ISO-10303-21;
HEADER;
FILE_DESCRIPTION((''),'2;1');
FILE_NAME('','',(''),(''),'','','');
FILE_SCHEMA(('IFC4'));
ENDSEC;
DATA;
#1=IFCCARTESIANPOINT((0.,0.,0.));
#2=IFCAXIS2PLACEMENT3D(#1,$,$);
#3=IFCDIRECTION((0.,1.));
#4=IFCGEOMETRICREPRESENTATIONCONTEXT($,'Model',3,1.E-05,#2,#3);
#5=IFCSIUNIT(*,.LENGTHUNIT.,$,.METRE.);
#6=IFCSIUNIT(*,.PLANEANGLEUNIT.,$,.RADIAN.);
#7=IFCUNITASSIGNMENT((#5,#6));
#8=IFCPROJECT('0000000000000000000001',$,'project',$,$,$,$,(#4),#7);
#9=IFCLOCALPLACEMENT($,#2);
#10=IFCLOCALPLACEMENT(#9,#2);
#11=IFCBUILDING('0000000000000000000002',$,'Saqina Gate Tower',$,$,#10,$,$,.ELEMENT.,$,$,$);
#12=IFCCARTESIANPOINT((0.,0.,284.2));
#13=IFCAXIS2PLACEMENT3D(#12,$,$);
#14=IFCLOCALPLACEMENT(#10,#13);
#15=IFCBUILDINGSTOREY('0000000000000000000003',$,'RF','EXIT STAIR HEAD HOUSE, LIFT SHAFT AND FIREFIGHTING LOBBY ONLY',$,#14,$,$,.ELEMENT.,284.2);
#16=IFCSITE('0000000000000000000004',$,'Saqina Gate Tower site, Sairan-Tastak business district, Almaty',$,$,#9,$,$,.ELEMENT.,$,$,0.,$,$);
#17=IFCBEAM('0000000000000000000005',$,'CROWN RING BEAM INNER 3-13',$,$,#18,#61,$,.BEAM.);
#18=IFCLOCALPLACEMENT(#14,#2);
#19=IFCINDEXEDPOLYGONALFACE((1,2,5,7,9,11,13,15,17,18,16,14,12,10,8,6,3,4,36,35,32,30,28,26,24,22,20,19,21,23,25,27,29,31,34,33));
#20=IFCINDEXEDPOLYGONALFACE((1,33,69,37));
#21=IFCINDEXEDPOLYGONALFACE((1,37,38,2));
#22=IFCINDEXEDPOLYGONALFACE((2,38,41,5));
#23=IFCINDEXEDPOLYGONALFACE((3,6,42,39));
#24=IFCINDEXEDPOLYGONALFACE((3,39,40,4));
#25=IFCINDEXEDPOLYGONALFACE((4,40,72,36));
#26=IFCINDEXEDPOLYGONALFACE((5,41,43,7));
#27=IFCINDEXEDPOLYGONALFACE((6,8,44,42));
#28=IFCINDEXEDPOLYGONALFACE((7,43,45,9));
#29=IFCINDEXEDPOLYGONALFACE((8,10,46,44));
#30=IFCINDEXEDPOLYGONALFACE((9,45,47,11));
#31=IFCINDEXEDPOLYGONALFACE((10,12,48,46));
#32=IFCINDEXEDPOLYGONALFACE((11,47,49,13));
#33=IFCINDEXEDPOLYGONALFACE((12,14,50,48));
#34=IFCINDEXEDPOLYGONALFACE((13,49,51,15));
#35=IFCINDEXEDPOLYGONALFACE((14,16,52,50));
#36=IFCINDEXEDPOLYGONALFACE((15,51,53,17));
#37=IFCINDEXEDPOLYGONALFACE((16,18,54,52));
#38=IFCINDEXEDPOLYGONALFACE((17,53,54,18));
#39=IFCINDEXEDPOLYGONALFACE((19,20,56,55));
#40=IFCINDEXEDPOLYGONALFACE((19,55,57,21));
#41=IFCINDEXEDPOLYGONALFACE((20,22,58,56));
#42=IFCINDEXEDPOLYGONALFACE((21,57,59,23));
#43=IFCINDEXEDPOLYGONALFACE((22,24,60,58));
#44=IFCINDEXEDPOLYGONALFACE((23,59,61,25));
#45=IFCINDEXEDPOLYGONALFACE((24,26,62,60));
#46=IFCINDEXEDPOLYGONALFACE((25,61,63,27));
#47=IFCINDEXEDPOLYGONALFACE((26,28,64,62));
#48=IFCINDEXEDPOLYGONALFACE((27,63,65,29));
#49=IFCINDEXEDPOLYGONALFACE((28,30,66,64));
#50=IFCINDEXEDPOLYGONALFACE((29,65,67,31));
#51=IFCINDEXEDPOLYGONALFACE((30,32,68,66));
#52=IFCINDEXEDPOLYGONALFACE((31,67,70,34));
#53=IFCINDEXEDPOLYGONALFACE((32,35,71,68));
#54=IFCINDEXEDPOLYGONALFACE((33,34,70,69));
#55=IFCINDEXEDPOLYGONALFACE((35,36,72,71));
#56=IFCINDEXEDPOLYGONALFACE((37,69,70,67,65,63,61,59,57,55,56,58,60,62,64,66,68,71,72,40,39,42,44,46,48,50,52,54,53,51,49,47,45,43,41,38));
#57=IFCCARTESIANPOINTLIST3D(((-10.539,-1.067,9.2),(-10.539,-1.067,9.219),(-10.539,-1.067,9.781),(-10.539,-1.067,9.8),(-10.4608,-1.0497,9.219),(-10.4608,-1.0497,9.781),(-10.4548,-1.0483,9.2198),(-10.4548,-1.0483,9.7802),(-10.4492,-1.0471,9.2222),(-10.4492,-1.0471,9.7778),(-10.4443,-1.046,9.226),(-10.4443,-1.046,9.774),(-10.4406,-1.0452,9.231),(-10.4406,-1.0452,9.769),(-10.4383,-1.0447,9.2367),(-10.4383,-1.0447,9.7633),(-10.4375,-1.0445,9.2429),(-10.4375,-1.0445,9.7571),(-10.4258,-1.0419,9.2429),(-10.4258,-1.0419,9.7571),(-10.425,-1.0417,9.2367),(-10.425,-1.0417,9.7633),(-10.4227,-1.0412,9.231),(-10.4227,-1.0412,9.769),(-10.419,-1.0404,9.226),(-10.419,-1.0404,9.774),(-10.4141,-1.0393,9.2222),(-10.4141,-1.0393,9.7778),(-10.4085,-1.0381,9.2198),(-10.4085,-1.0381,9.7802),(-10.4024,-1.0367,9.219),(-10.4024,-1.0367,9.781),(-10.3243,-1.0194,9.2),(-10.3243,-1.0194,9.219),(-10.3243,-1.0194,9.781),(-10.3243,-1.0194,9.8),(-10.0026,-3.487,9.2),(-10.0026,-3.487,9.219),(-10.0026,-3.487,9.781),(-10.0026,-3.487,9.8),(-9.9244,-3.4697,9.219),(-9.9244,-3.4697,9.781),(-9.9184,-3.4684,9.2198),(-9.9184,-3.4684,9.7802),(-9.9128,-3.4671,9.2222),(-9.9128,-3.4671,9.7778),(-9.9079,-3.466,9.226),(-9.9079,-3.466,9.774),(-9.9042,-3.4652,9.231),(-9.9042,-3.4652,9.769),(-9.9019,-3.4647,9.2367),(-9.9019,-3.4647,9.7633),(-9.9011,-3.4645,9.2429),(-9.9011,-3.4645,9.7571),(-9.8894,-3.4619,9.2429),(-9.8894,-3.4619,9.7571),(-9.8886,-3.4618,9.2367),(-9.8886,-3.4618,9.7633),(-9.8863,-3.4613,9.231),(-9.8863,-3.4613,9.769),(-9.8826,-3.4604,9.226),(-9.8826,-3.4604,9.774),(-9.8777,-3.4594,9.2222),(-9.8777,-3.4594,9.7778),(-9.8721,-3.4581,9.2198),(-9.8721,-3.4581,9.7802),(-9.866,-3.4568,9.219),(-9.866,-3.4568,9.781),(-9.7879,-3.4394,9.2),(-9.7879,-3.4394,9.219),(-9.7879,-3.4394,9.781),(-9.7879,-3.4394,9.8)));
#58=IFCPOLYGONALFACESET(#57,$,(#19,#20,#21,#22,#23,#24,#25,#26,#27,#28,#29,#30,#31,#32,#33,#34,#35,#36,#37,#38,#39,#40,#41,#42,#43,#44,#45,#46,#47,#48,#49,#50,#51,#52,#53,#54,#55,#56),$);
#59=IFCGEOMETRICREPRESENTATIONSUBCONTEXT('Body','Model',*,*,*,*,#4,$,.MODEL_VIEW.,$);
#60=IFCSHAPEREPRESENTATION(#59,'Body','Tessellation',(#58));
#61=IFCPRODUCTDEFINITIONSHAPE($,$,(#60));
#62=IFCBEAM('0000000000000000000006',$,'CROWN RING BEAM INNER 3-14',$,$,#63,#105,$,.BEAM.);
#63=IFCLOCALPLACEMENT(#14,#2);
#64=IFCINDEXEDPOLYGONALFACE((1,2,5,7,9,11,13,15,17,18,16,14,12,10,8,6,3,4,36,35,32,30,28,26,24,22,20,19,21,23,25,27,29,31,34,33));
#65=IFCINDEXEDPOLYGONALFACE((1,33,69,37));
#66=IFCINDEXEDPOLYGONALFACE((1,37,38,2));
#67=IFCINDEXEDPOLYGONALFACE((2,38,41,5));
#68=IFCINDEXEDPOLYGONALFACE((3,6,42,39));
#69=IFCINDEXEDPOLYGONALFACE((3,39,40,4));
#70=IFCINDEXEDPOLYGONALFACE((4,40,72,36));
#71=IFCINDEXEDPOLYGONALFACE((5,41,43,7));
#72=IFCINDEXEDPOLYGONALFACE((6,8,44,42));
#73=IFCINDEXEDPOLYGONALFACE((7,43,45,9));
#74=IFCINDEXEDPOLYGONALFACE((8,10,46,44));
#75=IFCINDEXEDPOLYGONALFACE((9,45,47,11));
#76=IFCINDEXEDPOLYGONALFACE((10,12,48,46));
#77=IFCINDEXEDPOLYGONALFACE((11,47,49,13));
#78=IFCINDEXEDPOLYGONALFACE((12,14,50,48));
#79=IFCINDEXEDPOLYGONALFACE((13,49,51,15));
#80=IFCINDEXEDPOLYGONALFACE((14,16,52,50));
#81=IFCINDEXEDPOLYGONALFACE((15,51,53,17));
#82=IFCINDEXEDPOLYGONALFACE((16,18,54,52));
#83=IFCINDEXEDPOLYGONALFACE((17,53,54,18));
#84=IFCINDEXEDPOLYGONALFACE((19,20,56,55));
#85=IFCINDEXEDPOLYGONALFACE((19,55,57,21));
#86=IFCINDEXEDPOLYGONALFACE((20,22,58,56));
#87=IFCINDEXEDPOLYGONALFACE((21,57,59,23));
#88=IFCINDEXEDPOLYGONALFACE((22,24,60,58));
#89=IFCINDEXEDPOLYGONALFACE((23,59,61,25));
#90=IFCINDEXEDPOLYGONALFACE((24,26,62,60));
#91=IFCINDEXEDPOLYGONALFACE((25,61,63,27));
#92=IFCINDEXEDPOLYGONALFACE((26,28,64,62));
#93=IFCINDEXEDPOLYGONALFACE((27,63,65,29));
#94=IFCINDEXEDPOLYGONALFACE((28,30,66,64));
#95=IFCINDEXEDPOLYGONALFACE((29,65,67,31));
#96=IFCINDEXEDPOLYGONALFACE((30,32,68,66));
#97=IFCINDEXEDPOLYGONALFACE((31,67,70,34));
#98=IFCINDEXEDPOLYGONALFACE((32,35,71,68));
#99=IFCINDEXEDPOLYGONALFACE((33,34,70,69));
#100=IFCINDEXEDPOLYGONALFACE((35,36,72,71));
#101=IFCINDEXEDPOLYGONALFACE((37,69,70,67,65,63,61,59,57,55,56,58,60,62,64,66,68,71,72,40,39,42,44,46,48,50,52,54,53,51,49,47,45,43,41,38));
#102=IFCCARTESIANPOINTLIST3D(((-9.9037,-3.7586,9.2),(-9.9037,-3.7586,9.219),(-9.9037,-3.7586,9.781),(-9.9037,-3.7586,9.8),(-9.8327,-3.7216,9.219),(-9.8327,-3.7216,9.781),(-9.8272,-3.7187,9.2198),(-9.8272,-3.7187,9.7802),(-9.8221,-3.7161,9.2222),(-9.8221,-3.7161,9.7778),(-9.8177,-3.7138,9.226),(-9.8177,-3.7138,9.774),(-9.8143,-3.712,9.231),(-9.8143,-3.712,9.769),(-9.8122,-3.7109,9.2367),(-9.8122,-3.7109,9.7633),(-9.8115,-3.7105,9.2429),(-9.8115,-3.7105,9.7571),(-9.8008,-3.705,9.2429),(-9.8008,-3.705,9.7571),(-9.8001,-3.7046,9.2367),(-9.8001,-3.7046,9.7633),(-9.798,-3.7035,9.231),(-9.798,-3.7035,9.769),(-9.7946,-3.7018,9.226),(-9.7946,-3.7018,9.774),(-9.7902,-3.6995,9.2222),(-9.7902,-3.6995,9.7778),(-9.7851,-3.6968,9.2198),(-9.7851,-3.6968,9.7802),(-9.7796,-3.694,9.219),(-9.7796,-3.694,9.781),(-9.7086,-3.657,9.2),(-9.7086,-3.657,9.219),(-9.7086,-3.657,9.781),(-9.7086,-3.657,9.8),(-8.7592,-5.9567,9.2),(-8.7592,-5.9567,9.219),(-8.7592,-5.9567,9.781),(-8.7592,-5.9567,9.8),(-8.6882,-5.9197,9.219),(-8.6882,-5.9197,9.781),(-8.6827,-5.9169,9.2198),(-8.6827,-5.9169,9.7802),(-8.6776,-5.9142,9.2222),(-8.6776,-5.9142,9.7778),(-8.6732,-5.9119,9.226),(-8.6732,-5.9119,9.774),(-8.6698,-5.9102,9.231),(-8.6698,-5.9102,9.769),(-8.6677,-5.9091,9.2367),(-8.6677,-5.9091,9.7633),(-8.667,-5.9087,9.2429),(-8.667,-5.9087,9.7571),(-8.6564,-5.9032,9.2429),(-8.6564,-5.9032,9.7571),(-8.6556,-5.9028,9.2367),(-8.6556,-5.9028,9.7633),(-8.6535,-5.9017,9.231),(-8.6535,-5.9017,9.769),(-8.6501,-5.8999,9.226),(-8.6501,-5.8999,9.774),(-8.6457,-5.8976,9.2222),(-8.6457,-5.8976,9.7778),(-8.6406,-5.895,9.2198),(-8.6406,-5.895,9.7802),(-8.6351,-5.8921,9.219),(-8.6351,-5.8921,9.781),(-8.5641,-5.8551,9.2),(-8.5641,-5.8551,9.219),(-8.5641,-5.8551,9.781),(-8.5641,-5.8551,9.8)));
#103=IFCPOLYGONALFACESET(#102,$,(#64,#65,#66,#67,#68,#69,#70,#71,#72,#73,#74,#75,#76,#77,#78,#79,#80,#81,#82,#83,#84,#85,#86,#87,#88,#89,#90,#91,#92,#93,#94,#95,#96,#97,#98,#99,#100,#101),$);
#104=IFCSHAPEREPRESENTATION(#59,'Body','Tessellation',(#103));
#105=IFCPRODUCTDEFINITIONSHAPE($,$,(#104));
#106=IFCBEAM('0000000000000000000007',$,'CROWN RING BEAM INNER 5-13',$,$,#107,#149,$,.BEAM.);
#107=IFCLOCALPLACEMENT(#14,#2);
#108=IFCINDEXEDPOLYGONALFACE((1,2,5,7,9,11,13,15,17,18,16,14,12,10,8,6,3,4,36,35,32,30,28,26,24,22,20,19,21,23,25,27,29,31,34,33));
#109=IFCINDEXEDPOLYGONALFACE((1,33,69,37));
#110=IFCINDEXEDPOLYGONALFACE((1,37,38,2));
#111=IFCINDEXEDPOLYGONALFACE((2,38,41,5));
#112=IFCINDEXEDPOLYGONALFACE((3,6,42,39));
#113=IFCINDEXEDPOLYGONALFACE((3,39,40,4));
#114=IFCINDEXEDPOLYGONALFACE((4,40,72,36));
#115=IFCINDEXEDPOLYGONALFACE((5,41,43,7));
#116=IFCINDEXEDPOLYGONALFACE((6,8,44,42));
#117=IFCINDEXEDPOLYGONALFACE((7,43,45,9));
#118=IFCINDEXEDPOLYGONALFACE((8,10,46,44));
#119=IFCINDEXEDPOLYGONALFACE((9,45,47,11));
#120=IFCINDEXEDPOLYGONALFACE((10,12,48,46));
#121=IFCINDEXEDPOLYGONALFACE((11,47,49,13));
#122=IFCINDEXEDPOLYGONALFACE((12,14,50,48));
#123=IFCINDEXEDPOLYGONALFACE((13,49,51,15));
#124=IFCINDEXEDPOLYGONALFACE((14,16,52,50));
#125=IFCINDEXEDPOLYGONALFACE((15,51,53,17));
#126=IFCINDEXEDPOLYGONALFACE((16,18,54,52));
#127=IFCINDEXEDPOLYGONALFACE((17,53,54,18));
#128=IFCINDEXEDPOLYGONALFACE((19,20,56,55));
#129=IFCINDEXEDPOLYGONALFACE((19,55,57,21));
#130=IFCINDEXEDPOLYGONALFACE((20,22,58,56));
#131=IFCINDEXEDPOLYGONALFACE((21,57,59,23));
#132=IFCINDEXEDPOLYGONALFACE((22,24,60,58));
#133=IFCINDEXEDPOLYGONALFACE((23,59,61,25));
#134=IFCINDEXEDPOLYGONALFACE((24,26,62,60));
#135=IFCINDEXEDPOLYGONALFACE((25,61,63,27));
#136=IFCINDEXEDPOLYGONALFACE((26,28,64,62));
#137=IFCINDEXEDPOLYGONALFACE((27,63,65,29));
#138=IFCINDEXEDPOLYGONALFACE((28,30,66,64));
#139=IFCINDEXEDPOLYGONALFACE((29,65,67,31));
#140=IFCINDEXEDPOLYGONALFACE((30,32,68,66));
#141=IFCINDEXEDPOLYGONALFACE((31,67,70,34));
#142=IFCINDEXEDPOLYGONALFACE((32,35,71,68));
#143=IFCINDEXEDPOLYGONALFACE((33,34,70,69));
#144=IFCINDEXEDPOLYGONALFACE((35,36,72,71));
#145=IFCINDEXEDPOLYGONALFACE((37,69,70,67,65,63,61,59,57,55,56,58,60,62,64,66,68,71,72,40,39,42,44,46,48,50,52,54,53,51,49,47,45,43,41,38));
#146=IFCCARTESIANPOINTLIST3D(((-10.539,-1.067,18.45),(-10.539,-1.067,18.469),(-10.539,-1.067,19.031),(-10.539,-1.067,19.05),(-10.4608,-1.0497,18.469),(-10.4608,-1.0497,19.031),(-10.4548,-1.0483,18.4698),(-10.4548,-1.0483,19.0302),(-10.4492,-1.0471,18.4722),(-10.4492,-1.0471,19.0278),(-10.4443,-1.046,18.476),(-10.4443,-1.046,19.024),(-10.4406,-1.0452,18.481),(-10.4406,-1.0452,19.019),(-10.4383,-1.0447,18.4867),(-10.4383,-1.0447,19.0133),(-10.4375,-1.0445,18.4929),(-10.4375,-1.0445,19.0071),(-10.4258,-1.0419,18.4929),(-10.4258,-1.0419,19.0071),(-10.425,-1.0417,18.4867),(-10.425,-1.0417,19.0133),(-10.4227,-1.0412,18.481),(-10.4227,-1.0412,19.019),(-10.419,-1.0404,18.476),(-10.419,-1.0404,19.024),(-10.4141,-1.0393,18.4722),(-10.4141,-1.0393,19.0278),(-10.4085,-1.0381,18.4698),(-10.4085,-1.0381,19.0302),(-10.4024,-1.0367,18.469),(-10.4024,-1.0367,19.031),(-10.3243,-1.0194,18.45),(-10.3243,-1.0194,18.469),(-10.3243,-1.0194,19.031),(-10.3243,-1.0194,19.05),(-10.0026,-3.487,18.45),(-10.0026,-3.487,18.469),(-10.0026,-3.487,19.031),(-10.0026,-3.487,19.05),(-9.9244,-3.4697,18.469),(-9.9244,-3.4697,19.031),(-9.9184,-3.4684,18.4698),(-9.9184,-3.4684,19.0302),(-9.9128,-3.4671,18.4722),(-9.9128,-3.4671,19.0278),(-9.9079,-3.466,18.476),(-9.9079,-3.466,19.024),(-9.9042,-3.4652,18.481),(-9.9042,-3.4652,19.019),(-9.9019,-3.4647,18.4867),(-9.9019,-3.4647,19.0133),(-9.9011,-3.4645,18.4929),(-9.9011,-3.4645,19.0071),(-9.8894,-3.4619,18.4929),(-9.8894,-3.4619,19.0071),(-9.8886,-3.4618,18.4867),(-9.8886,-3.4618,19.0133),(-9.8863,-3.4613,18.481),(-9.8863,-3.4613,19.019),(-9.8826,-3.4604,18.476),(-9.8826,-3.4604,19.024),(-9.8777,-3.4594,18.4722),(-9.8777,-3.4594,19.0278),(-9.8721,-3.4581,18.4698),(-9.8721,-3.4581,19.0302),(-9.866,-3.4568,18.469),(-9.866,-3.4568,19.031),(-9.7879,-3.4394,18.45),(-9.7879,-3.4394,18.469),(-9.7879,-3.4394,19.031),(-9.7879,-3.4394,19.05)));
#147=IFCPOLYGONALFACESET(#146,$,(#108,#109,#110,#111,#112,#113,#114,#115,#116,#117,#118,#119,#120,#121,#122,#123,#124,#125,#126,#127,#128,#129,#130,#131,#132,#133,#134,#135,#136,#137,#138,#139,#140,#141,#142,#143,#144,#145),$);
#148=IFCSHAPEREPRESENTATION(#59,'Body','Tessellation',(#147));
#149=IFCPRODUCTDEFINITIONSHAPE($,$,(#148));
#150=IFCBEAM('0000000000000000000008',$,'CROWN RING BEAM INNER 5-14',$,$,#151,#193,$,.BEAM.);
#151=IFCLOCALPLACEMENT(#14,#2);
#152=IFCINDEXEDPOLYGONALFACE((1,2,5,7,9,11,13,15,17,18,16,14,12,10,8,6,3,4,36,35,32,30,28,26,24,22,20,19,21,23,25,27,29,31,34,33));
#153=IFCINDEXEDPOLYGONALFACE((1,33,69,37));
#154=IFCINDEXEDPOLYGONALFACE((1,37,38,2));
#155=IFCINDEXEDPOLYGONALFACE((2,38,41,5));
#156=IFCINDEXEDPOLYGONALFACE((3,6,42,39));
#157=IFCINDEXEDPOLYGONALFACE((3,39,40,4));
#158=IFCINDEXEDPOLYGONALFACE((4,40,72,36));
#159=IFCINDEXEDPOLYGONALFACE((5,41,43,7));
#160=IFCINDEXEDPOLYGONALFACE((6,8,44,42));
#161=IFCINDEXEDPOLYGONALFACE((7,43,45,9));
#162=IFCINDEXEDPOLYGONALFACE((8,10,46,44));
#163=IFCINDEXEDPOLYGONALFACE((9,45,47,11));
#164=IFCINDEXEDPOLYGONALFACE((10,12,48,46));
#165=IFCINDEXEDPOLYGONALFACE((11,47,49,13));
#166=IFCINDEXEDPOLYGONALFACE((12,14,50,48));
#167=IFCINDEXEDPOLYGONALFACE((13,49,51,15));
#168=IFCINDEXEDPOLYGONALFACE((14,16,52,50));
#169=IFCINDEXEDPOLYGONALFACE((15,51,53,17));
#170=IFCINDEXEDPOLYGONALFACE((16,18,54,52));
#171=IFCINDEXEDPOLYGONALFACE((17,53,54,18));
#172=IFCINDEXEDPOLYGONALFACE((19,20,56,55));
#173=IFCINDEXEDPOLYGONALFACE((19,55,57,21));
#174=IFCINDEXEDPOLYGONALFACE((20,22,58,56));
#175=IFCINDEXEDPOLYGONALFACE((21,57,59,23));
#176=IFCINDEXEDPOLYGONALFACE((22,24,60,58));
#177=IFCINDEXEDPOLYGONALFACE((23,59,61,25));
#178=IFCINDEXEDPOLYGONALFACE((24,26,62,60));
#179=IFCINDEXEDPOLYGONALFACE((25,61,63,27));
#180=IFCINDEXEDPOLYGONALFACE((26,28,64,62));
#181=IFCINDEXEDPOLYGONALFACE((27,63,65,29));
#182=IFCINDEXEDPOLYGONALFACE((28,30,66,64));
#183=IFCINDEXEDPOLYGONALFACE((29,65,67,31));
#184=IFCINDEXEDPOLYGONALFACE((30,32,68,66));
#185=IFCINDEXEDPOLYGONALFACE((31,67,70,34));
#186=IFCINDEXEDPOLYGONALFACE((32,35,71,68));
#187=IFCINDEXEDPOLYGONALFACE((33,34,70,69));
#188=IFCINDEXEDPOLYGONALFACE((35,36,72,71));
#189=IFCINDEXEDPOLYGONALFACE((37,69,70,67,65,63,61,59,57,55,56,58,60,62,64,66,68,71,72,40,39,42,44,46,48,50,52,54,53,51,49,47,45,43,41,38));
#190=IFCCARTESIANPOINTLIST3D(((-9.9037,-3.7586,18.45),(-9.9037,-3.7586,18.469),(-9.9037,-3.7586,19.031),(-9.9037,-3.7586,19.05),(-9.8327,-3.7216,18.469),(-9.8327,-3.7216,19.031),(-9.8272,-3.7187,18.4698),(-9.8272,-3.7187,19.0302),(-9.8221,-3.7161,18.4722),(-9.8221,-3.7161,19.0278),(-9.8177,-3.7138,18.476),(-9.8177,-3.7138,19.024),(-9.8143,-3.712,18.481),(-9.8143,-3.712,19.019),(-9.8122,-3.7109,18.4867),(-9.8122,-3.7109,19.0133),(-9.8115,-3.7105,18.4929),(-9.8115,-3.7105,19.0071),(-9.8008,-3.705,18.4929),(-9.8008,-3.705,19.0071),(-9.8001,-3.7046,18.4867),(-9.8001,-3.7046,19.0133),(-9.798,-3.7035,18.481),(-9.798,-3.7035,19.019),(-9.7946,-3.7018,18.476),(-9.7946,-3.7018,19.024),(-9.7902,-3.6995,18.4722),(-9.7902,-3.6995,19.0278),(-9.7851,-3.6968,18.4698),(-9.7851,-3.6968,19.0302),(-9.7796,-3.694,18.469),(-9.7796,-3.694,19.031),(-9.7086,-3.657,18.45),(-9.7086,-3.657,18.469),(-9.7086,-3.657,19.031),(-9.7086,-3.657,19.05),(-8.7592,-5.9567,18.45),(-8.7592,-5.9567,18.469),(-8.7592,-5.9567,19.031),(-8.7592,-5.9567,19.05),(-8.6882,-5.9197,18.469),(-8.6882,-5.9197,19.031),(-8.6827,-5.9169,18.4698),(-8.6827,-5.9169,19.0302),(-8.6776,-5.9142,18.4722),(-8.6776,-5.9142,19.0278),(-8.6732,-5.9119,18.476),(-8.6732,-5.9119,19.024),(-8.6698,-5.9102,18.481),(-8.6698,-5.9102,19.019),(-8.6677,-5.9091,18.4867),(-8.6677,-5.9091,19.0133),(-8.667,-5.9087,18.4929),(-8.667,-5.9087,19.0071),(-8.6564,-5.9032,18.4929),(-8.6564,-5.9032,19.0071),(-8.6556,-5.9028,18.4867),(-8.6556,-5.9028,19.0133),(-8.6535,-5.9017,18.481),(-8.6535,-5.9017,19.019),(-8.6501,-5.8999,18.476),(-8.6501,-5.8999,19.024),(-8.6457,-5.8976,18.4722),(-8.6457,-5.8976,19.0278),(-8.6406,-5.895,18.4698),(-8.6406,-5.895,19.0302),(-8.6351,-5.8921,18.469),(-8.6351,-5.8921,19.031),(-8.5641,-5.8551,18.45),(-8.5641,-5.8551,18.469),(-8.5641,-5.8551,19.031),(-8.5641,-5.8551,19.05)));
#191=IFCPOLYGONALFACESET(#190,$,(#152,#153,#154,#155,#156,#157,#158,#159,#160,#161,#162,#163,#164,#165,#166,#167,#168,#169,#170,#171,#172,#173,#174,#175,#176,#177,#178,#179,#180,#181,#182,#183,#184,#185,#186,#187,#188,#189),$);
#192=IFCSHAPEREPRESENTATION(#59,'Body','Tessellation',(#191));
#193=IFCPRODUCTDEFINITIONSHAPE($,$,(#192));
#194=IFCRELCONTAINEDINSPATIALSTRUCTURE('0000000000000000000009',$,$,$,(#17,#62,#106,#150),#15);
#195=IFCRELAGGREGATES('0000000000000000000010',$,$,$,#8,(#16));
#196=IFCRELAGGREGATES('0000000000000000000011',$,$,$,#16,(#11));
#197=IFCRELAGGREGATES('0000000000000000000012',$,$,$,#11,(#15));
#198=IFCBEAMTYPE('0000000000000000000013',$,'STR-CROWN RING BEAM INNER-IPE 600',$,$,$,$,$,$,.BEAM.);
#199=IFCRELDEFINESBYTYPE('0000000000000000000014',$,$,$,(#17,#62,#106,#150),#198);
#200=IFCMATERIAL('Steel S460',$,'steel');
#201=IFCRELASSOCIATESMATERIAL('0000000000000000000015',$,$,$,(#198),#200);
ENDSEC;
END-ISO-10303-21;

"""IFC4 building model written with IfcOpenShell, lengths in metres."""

from ifc_helpers import new_model, si_unit, direction, frame, origin, origin_2d, place, context, subcontext, project, spatial, i_section, extrude, material, material_profile, profile_set, type_object, element, save


model = new_model("IFC4")

# Units and contexts
model_context = context("Model", 3, precision=1e-05, world=origin(), true_north=direction((0.0, 1.0)))
body_context = subcontext(model_context, "Body", "Model", "MODEL_VIEW")
ifc_project = project(units=[si_unit("LENGTHUNIT", "METRE"), si_unit("PLANEANGLEUNIT", "RADIAN")], contexts=[model_context])

# Site, building, storey
site_placement = place(None, origin())
site = spatial("IfcSite", under=ifc_project, at=site_placement, Name="Saqina Gate Tower site, Sairan-Tastak business district, Almaty", CompositionType="ELEMENT", RefElevation=0.0)
building_placement = place(site_placement, origin())
building = spatial("IfcBuilding", under=site, at=building_placement, Name="Saqina Gate Tower", CompositionType="ELEMENT")
storey_placement = place(building_placement, frame((0.0, 0.0, 284.2)))
storey = spatial("IfcBuildingStorey", under=building, at=storey_placement, Name="RF", Description="EXIT STAIR HEAD HOUSE, LIFT SHAFT AND FIREFIGHTING LOBBY ONLY", CompositionType="ELEMENT", Elevation=284.2)

# Beams
ifc_material_1 = material(Name="Steel S460", Category="steel")
ifc_material_profile_1 = material_profile(ifc_material_1, i_section(OverallWidth=0.22, OverallDepth=0.6001, WebThickness=0.012, FlangeThickness=0.019, FilletRadius=0.0239, at=origin_2d()), Name="IPE 600")
ifc_profile_set_1 = profile_set([ifc_material_profile_1], Name="Steel S460")
beam_type_1 = type_object("IfcBeamType", Name="STR-CROWN RING BEAM INNER-IPE 600", PredefinedType="BEAM", material=ifc_profile_set_1)
beam_1_placement = place(storey_placement, frame((-10.4316, -1.0432, 9.5), z_axis=(0.216399, -0.976305, 0.0), x_axis=(0.976305, 0.216399, 0.0)))
element("IfcBeam", 1, at=beam_1_placement, inside=storey, type_object=beam_type_1, Name="CROWN RING BEAM INNER 3-13", PredefinedType="BEAM", context=body_context, shape_type="SweptSolid", body=[
    extrude(i_section(OverallWidth=0.22, OverallDepth=0.6001, WebThickness=0.012, FlangeThickness=0.019, FilletRadius=0.0239, at=origin_2d()), origin(), (0.0, 0.0, 1.0), 2.4788),
])
beam_2_placement = place(storey_placement, frame((-9.8062, -3.7078, 9.5), z_axis=(0.461812, -0.886978, 0.0), x_axis=(0.886978, 0.461812, 0.0)))
element("IfcBeam", 2, at=beam_2_placement, inside=storey, type_object=beam_type_1, Name="CROWN RING BEAM INNER 3-14", PredefinedType="BEAM", context=body_context, shape_type="SweptSolid", body=[
    extrude(i_section(OverallWidth=0.22, OverallDepth=0.6001, WebThickness=0.012, FlangeThickness=0.019, FilletRadius=0.0239, at=origin_2d()), origin(), (0.0, 0.0, 1.0), 2.4783),
])
beam_3_placement = place(storey_placement, frame((-10.4316, -1.0432, 18.75), z_axis=(0.216399, -0.976305, 0.0), x_axis=(0.976305, 0.216399, 0.0)))
element("IfcBeam", 3, at=beam_3_placement, inside=storey, type_object=beam_type_1, Name="CROWN RING BEAM INNER 5-13", PredefinedType="BEAM", context=body_context, shape_type="SweptSolid", body=[
    extrude(i_section(OverallWidth=0.22, OverallDepth=0.6001, WebThickness=0.012, FlangeThickness=0.019, FilletRadius=0.0239, at=origin_2d()), origin(), (0.0, 0.0, 1.0), 2.4788),
])
beam_4_placement = place(storey_placement, frame((-9.8062, -3.7078, 18.75), z_axis=(0.461812, -0.886978, 0.0), x_axis=(0.886978, 0.461812, 0.0)))
element("IfcBeam", 4, at=beam_4_placement, inside=storey, type_object=beam_type_1, Name="CROWN RING BEAM INNER 5-14", PredefinedType="BEAM", context=body_context, shape_type="SweptSolid", body=[
    extrude(i_section(OverallWidth=0.22, OverallDepth=0.6001, WebThickness=0.012, FlangeThickness=0.019, FilletRadius=0.0239, at=origin_2d()), origin(), (0.0, 0.0, 1.0), 2.4783),
])

save(model, "model.ifc")
